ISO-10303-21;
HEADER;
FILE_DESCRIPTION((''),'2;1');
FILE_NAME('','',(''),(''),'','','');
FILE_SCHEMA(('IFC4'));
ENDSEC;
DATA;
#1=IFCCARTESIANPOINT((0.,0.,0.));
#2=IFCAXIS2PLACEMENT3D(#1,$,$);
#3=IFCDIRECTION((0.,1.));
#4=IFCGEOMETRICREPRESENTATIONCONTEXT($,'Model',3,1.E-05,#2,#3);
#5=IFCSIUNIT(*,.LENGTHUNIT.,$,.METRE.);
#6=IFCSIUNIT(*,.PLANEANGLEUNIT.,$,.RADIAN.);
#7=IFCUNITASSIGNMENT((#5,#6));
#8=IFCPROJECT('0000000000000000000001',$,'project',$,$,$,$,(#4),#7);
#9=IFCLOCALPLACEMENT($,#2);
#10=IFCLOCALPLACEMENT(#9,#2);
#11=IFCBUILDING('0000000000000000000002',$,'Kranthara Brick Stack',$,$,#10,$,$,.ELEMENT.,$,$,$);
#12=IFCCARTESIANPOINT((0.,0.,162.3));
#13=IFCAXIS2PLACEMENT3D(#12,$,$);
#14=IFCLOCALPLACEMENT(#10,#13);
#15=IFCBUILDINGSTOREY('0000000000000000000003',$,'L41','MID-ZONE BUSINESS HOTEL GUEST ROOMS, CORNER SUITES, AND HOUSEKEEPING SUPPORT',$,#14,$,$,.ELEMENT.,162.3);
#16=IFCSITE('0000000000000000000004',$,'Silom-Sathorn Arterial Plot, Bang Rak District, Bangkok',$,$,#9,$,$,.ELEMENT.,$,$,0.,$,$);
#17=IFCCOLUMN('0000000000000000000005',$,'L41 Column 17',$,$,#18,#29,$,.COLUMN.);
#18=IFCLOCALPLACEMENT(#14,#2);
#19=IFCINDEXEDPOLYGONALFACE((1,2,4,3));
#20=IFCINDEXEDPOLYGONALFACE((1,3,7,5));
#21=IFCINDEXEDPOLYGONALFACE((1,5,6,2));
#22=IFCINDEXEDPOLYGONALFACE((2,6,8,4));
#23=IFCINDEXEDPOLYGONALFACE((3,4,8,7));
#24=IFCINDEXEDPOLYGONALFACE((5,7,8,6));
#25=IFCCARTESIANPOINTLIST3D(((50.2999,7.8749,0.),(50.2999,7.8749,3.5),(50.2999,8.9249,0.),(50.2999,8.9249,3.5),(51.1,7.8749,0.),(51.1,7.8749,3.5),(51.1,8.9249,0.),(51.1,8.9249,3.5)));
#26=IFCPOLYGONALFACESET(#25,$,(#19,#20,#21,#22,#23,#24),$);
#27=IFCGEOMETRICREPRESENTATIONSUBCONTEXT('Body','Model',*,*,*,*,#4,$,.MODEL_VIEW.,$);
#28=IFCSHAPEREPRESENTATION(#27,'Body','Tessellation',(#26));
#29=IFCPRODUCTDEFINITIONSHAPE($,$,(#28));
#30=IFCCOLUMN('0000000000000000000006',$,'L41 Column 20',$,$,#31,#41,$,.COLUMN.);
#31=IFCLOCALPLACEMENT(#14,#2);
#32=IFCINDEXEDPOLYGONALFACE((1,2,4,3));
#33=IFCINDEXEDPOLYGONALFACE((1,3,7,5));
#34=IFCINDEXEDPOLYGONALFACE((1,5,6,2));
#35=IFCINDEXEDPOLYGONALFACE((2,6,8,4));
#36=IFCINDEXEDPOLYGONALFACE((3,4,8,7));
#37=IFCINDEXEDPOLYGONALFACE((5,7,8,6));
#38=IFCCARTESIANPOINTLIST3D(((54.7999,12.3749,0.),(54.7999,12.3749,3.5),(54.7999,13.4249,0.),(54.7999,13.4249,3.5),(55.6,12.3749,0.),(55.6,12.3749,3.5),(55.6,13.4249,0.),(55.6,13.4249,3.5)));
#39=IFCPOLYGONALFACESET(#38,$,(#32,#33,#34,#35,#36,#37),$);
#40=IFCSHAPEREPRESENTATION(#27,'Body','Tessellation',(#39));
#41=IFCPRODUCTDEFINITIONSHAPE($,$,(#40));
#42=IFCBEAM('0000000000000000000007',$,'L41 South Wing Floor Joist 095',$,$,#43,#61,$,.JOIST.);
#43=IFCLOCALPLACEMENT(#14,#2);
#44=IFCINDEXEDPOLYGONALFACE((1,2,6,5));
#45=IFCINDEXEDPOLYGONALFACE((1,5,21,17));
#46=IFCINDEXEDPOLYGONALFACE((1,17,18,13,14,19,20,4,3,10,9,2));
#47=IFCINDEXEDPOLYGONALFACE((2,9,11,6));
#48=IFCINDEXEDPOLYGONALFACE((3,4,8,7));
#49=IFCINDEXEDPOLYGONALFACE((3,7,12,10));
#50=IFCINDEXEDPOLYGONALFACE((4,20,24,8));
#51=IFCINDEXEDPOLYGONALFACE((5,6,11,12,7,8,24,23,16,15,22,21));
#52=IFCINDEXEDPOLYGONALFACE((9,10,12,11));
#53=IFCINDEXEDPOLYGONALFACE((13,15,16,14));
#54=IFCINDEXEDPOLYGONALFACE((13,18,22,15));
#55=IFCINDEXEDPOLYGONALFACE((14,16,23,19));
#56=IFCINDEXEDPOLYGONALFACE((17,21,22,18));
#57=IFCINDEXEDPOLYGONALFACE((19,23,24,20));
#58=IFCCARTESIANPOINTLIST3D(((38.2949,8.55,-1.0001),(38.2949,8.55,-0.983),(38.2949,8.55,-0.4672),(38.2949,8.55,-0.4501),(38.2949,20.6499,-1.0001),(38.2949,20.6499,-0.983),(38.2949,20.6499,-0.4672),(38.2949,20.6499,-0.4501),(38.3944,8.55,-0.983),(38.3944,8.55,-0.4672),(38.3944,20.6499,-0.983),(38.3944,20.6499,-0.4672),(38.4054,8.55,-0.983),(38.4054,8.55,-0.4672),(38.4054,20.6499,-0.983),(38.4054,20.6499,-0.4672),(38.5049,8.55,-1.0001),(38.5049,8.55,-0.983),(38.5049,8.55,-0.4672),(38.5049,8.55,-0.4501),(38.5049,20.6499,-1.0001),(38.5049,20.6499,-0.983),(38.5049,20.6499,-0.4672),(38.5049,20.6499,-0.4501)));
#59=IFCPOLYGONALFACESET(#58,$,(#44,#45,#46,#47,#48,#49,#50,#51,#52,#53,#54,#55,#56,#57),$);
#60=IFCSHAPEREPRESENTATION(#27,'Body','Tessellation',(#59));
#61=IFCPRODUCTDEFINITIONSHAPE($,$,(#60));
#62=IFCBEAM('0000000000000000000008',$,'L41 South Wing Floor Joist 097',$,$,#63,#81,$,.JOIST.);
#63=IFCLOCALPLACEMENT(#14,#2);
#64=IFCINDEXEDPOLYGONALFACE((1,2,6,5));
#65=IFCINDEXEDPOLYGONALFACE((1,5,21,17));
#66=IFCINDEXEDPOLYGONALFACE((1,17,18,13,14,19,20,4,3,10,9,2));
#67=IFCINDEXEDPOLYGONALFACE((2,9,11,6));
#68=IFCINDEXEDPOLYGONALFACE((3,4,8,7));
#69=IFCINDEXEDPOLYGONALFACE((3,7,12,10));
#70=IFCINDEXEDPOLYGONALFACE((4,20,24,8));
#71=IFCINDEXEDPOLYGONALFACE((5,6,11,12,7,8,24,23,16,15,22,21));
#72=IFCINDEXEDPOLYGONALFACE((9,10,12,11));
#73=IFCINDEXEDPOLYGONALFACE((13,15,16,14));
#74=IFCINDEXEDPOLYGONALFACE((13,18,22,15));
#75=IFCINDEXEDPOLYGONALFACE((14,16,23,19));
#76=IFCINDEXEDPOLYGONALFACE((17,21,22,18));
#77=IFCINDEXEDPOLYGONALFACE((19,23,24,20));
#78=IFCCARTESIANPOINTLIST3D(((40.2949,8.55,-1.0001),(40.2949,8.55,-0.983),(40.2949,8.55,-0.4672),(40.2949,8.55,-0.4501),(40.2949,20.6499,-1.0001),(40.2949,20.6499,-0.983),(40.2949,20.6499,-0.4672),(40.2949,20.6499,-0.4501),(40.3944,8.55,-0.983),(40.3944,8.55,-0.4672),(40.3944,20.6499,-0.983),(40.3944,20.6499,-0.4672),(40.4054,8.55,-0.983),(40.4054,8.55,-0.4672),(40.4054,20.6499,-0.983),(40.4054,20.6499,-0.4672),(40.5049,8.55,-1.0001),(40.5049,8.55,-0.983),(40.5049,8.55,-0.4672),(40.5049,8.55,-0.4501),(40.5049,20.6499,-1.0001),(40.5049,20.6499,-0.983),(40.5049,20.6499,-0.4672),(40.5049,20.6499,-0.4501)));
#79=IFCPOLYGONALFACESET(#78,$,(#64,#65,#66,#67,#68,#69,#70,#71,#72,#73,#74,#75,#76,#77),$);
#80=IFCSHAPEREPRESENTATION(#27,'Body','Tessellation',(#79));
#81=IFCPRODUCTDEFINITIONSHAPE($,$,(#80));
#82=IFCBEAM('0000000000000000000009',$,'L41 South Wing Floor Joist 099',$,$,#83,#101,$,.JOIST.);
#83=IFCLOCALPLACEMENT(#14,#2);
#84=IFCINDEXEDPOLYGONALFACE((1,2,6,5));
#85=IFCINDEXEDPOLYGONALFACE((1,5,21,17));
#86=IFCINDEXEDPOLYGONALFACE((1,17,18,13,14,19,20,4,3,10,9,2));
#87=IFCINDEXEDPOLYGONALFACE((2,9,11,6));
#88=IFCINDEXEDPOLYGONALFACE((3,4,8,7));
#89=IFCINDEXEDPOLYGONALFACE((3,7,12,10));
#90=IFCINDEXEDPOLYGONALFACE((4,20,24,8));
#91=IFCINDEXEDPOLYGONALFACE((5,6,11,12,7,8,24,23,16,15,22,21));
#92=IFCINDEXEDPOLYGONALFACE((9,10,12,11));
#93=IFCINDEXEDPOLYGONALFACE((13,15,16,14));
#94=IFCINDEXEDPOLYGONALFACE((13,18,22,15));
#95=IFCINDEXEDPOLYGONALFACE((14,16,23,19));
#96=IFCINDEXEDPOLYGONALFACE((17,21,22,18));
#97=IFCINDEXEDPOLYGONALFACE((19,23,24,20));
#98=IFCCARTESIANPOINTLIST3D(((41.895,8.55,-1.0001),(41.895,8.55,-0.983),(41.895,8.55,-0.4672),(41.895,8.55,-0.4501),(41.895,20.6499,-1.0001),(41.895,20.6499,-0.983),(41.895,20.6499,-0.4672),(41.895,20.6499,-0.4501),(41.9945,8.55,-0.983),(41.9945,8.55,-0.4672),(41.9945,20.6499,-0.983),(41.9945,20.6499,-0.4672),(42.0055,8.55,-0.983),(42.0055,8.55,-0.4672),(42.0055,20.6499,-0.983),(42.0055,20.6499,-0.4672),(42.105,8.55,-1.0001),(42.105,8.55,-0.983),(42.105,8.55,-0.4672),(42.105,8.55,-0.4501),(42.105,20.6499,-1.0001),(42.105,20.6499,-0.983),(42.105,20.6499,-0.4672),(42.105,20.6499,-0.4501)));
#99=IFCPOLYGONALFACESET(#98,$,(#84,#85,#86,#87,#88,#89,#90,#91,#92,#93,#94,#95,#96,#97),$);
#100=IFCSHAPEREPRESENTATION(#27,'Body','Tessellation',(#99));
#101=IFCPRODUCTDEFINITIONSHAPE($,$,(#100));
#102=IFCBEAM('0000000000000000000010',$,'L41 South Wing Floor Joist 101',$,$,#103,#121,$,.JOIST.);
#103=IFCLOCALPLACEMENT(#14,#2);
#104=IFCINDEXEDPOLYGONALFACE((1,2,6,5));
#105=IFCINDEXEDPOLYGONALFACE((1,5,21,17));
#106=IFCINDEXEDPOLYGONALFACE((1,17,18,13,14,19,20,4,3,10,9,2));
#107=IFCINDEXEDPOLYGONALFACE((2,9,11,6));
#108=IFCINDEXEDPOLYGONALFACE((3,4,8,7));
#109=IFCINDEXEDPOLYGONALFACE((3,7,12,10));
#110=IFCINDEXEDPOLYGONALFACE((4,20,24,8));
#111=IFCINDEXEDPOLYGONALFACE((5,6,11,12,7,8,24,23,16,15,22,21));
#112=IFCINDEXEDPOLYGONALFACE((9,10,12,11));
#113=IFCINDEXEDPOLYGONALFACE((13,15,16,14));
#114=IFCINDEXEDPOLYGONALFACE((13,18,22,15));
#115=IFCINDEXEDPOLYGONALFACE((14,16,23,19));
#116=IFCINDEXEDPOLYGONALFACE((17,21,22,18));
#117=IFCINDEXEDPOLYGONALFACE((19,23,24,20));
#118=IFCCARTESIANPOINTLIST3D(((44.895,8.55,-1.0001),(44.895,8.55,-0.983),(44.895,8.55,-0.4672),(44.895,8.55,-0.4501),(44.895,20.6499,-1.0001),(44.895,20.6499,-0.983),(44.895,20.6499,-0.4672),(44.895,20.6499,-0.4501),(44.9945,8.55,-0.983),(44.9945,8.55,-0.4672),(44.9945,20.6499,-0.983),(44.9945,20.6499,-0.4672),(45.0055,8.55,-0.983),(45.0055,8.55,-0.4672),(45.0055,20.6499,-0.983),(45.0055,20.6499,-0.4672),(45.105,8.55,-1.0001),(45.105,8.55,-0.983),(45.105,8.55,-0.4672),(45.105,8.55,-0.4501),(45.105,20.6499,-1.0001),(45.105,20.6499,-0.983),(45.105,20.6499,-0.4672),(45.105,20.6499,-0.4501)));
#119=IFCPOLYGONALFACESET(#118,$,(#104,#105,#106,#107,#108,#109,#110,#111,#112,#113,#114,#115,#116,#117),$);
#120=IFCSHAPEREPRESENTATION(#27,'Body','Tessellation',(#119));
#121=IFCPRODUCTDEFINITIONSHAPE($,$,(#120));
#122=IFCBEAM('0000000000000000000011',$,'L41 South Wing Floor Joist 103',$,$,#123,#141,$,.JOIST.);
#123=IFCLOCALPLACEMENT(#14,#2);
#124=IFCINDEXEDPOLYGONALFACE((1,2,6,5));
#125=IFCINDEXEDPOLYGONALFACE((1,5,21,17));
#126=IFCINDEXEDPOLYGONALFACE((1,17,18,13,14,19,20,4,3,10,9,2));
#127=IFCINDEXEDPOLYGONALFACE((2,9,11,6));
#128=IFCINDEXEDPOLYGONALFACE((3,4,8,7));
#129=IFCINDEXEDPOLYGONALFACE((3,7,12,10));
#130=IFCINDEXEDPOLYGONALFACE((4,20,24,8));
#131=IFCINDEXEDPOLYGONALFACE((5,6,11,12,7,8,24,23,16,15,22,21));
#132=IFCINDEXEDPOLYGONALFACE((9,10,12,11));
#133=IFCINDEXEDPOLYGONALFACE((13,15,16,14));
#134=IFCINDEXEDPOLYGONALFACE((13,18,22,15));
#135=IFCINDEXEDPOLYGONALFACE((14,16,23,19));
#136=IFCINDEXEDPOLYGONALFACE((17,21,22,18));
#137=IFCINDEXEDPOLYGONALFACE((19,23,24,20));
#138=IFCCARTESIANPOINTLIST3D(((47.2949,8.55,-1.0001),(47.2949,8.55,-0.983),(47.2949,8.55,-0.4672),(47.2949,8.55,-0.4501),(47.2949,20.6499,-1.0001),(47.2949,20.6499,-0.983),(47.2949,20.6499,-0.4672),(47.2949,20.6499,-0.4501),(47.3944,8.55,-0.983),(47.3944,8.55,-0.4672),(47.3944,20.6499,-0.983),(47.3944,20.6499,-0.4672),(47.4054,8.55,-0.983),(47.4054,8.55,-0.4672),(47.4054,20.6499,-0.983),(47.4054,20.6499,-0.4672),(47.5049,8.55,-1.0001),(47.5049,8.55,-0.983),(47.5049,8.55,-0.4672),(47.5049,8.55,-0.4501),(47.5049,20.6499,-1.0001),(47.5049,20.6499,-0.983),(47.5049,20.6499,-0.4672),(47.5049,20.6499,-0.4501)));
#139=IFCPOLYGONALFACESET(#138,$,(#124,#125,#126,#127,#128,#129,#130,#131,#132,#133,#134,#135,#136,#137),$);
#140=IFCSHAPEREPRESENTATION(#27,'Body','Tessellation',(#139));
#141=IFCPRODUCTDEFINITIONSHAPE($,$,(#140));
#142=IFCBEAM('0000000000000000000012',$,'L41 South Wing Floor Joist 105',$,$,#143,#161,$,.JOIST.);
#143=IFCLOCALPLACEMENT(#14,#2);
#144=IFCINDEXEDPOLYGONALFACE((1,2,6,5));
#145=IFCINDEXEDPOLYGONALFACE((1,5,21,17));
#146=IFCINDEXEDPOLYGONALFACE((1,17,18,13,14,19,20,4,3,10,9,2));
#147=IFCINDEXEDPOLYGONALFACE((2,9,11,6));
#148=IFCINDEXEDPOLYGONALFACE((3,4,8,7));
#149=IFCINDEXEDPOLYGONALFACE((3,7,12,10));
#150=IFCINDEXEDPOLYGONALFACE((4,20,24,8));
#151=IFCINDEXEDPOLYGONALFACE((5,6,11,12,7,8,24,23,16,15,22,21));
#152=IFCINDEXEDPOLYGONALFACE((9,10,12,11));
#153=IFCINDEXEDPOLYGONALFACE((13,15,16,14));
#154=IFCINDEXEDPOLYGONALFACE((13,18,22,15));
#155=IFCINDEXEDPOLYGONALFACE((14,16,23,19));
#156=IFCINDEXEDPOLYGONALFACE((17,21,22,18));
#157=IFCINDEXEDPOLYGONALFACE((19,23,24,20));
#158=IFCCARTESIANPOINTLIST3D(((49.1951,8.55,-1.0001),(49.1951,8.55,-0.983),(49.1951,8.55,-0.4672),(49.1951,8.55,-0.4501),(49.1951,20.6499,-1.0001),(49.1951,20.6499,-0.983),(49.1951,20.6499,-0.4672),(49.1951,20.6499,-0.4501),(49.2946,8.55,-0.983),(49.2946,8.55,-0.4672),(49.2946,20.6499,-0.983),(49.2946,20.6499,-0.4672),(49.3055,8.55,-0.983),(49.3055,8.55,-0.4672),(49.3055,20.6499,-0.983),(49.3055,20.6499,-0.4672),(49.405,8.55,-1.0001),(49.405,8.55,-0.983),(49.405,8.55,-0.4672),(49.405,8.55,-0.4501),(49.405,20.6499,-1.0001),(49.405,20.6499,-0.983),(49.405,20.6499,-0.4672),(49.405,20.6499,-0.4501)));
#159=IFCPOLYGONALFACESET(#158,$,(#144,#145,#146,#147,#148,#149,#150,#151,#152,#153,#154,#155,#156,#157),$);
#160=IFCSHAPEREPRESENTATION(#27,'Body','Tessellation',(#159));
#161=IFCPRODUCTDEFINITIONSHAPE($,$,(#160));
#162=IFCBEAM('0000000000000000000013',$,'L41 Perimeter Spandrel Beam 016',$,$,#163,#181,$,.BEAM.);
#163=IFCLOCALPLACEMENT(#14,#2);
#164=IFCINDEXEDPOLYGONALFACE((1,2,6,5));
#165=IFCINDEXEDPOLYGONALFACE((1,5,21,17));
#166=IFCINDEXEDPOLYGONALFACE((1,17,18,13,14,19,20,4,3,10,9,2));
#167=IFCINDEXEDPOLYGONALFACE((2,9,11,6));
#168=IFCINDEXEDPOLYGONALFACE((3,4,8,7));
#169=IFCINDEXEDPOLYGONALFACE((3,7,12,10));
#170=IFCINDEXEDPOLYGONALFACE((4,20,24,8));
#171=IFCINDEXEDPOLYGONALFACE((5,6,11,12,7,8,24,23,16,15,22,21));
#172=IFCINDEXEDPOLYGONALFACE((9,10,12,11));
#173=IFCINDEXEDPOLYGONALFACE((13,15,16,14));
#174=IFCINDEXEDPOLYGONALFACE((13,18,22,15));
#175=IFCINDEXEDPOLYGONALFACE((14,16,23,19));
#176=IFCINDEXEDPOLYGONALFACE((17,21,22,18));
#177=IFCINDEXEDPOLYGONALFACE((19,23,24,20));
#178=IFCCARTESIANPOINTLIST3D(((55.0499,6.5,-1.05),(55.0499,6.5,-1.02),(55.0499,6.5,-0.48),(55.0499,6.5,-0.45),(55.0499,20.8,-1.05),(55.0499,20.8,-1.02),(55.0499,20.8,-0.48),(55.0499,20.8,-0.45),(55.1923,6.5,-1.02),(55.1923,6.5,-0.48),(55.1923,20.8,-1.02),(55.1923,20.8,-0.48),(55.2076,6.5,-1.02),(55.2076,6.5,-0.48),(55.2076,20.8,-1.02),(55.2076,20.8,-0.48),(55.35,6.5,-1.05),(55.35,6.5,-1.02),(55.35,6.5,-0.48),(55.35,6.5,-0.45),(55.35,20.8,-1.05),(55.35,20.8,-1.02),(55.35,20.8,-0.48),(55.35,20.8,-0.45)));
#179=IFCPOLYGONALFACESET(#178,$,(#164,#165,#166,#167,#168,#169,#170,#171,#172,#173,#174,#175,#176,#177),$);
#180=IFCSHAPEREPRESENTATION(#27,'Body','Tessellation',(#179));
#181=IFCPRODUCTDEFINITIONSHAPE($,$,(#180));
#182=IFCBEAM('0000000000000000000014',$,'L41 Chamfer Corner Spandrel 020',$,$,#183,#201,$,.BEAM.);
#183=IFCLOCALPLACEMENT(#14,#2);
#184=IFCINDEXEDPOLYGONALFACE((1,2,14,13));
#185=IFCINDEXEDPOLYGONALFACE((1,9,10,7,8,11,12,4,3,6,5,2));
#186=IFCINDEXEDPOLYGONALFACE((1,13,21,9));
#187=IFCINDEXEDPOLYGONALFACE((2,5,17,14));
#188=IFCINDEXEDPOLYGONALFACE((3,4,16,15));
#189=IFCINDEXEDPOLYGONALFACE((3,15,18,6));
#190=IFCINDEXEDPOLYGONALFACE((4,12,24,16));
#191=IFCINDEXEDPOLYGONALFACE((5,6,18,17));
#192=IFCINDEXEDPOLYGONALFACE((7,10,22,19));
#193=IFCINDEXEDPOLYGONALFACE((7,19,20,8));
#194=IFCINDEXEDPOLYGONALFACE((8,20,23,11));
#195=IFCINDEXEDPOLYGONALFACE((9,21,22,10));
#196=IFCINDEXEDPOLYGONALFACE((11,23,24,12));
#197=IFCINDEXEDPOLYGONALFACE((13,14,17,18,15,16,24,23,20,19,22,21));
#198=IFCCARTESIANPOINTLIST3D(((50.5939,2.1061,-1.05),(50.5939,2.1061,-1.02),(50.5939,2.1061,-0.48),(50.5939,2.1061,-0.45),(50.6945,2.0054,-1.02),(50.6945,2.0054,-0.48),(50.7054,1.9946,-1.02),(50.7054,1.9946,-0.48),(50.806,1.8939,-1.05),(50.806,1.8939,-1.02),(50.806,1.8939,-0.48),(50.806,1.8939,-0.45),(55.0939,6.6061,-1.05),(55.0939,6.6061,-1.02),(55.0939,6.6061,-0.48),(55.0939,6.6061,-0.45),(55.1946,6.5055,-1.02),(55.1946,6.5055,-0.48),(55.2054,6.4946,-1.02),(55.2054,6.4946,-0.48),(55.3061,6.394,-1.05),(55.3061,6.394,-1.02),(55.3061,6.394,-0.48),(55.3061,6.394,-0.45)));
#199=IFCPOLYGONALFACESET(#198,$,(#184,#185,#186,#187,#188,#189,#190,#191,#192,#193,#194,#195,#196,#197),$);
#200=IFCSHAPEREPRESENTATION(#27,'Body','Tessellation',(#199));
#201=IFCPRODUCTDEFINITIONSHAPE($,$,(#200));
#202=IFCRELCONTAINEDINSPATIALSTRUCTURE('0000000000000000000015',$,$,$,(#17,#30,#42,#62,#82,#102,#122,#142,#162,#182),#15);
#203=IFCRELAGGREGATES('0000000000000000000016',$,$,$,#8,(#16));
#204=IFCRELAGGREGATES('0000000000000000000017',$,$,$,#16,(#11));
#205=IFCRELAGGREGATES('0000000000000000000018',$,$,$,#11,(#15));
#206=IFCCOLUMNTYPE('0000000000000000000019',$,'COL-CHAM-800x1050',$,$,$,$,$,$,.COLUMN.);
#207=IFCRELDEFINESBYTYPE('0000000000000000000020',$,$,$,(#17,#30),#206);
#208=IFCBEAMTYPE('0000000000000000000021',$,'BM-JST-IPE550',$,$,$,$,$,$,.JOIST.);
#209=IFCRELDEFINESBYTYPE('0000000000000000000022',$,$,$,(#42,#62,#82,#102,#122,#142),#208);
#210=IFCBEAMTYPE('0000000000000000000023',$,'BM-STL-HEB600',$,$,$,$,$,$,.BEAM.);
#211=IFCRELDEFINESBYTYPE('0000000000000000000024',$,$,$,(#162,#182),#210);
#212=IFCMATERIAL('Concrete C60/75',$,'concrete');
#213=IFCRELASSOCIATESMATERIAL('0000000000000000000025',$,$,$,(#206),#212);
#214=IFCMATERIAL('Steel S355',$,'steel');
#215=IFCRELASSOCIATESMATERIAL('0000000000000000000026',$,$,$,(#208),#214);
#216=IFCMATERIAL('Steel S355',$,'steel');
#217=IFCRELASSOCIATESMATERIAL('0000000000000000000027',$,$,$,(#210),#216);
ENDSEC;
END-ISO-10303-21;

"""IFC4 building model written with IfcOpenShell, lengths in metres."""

from ifc_helpers import new_model, si_unit, direction, frame, origin, origin_2d, place, context, subcontext, project, spatial, rectangle, i_section, extrude, material, material_profile, profile_set, type_object, element, save


model = new_model("IFC4")

# Units and contexts
model_context = context("Model", 3, precision=1e-05, world=origin(), true_north=direction((0.0, 1.0)))
body_context = subcontext(model_context, "Body", "Model", "MODEL_VIEW")
ifc_project = project(units=[si_unit("LENGTHUNIT", "METRE"), si_unit("PLANEANGLEUNIT", "RADIAN")], contexts=[model_context])

# Site, building, storey
site_placement = place(None, origin())
site = spatial("IfcSite", under=ifc_project, at=site_placement, Name="Silom-Sathorn Arterial Plot, Bang Rak District, Bangkok", CompositionType="ELEMENT", RefElevation=0.0)
building_placement = place(site_placement, origin())
building = spatial("IfcBuilding", under=site, at=building_placement, Name="Kranthara Brick Stack", CompositionType="ELEMENT")
storey_placement = place(building_placement, frame((0.0, 0.0, 162.3)))
storey = spatial("IfcBuildingStorey", under=building, at=storey_placement, Name="L41", Description="MID-ZONE BUSINESS HOTEL GUEST ROOMS, CORNER SUITES, AND HOUSEKEEPING SUPPORT", CompositionType="ELEMENT", Elevation=162.3)

# Columns
ifc_material_1 = material(Name="Concrete C60/75", Category="concrete")
ifc_material_profile_1 = material_profile(ifc_material_1, rectangle(XDim=0.8, YDim=1.05, at=origin_2d()), Name="RC 800x1050")
ifc_profile_set_1 = profile_set([ifc_material_profile_1], Name="Concrete C60/75")
column_type = type_object("IfcColumnType", Name="COL-CHAM-800x1050", PredefinedType="COLUMN", material=ifc_profile_set_1)
for number, where, z_axis, x_axis, name in (
    (1, (50.7, 8.3999, 0.0), (0.0, 0.0, 1.0), (1.0, 0.0, 0.0), "L41 Column 17"),
    (2, (55.2, 12.8999, 0.0), (0.0, 0.0, 1.0), (1.0, 0.0, 0.0), "L41 Column 20"),
):
    element("IfcColumn", number, at=place(storey_placement, frame(where, z_axis=z_axis, x_axis=x_axis)), inside=storey, type_object=column_type, Name=name, PredefinedType="COLUMN", context=body_context, shape_type="SweptSolid", body=[
        extrude(rectangle(XDim=0.8, YDim=1.05, at=origin_2d()), origin(), (0.0, 0.0, 1.0), 3.5),
    ])

# Beams
ifc_material_2 = material(Name="Steel S355", Category="steel")
ifc_material_profile_2 = material_profile(ifc_material_2, i_section(OverallWidth=0.21, OverallDepth=0.55, WebThickness=0.011, FlangeThickness=0.0171, at=origin_2d()), Name="IPE 550")
ifc_profile_set_2 = profile_set([ifc_material_profile_2], Name="Steel S355")
beam_type_1 = type_object("IfcBeamType", Name="BM-JST-IPE550", PredefinedType="JOIST", material=ifc_profile_set_2)
for number, where, z_axis, x_axis, name in (
    (3, (38.3999, 8.55, -0.7251), (0.0, 1.0, 0.0), (-1.0, 0.0, 0.0), "L41 South Wing Floor Joist 095"),
    (4, (40.3999, 8.55, -0.7251), (0.0, 1.0, 0.0), (-1.0, 0.0, 0.0), "L41 South Wing Floor Joist 097"),
    (5, (42.0, 8.55, -0.7251), (0.0, 1.0, 0.0), (-1.0, 0.0, 0.0), "L41 South Wing Floor Joist 099"),
    (6, (45.0, 8.55, -0.7251), (0.0, 1.0, 0.0), (-1.0, 0.0, 0.0), "L41 South Wing Floor Joist 101"),
    (7, (47.3999, 8.55, -0.7251), (0.0, 1.0, 0.0), (-1.0, 0.0, 0.0), "L41 South Wing Floor Joist 103"),
    (8, (49.3, 8.55, -0.7251), (0.0, 1.0, 0.0), (-1.0, 0.0, 0.0), "L41 South Wing Floor Joist 105"),
):
    element("IfcBeam", number, at=place(storey_placement, frame(where, z_axis=z_axis, x_axis=x_axis)), inside=storey, type_object=beam_type_1, Name=name, PredefinedType="JOIST", context=body_context, shape_type="SweptSolid", body=[
        extrude(i_section(OverallWidth=0.21, OverallDepth=0.55, WebThickness=0.011, FlangeThickness=0.0171, at=origin_2d()), origin(), (0.0, 0.0, 1.0), 12.0999),
    ])
ifc_material_3 = material(Name="Steel S355", Category="steel")
ifc_material_profile_3 = material_profile(ifc_material_3, i_section(OverallWidth=0.3, OverallDepth=0.6001, WebThickness=0.0154, FlangeThickness=0.03, at=origin_2d()), Name="HEB 600")
ifc_profile_set_3 = profile_set([ifc_material_profile_3], Name="Steel S355")
beam_type_2 = type_object("IfcBeamType", Name="BM-STL-HEB600", PredefinedType="BEAM", material=ifc_profile_set_3)
beam_1_placement = place(storey_placement, frame((55.2, 6.5, -0.75), z_axis=(0.0, 1.0, 0.0), x_axis=(-1.0, 0.0, 0.0)))
element("IfcBeam", 9, at=beam_1_placement, inside=storey, type_object=beam_type_2, Name="L41 Perimeter Spandrel Beam 016", PredefinedType="BEAM", context=body_context, shape_type="SweptSolid", body=[
    extrude(i_section(OverallWidth=0.3, OverallDepth=0.6001, WebThickness=0.0154, FlangeThickness=0.03, at=origin_2d()), origin(), (0.0, 0.0, 1.0), 14.3),
])
for number, where, z_axis, x_axis, name in (
    (10, (50.7, 2.0, -0.75), (0.707107, 0.707107, 0.0), (-0.707107, 0.707107, 0.0), "L41 Chamfer Corner Spandrel 020"),
):
    element("IfcBeam", number, at=place(storey_placement, frame(where, z_axis=z_axis, x_axis=x_axis)), inside=storey, type_object=beam_type_2, Name=name, PredefinedType="BEAM", context=body_context, shape_type="SweptSolid", body=[
        extrude(i_section(OverallWidth=0.3, OverallDepth=0.6001, WebThickness=0.0154, FlangeThickness=0.03, at=origin_2d()), origin(), (0.0, 0.0, 1.0), 6.364),
    ])

save(model, "model.ifc")
